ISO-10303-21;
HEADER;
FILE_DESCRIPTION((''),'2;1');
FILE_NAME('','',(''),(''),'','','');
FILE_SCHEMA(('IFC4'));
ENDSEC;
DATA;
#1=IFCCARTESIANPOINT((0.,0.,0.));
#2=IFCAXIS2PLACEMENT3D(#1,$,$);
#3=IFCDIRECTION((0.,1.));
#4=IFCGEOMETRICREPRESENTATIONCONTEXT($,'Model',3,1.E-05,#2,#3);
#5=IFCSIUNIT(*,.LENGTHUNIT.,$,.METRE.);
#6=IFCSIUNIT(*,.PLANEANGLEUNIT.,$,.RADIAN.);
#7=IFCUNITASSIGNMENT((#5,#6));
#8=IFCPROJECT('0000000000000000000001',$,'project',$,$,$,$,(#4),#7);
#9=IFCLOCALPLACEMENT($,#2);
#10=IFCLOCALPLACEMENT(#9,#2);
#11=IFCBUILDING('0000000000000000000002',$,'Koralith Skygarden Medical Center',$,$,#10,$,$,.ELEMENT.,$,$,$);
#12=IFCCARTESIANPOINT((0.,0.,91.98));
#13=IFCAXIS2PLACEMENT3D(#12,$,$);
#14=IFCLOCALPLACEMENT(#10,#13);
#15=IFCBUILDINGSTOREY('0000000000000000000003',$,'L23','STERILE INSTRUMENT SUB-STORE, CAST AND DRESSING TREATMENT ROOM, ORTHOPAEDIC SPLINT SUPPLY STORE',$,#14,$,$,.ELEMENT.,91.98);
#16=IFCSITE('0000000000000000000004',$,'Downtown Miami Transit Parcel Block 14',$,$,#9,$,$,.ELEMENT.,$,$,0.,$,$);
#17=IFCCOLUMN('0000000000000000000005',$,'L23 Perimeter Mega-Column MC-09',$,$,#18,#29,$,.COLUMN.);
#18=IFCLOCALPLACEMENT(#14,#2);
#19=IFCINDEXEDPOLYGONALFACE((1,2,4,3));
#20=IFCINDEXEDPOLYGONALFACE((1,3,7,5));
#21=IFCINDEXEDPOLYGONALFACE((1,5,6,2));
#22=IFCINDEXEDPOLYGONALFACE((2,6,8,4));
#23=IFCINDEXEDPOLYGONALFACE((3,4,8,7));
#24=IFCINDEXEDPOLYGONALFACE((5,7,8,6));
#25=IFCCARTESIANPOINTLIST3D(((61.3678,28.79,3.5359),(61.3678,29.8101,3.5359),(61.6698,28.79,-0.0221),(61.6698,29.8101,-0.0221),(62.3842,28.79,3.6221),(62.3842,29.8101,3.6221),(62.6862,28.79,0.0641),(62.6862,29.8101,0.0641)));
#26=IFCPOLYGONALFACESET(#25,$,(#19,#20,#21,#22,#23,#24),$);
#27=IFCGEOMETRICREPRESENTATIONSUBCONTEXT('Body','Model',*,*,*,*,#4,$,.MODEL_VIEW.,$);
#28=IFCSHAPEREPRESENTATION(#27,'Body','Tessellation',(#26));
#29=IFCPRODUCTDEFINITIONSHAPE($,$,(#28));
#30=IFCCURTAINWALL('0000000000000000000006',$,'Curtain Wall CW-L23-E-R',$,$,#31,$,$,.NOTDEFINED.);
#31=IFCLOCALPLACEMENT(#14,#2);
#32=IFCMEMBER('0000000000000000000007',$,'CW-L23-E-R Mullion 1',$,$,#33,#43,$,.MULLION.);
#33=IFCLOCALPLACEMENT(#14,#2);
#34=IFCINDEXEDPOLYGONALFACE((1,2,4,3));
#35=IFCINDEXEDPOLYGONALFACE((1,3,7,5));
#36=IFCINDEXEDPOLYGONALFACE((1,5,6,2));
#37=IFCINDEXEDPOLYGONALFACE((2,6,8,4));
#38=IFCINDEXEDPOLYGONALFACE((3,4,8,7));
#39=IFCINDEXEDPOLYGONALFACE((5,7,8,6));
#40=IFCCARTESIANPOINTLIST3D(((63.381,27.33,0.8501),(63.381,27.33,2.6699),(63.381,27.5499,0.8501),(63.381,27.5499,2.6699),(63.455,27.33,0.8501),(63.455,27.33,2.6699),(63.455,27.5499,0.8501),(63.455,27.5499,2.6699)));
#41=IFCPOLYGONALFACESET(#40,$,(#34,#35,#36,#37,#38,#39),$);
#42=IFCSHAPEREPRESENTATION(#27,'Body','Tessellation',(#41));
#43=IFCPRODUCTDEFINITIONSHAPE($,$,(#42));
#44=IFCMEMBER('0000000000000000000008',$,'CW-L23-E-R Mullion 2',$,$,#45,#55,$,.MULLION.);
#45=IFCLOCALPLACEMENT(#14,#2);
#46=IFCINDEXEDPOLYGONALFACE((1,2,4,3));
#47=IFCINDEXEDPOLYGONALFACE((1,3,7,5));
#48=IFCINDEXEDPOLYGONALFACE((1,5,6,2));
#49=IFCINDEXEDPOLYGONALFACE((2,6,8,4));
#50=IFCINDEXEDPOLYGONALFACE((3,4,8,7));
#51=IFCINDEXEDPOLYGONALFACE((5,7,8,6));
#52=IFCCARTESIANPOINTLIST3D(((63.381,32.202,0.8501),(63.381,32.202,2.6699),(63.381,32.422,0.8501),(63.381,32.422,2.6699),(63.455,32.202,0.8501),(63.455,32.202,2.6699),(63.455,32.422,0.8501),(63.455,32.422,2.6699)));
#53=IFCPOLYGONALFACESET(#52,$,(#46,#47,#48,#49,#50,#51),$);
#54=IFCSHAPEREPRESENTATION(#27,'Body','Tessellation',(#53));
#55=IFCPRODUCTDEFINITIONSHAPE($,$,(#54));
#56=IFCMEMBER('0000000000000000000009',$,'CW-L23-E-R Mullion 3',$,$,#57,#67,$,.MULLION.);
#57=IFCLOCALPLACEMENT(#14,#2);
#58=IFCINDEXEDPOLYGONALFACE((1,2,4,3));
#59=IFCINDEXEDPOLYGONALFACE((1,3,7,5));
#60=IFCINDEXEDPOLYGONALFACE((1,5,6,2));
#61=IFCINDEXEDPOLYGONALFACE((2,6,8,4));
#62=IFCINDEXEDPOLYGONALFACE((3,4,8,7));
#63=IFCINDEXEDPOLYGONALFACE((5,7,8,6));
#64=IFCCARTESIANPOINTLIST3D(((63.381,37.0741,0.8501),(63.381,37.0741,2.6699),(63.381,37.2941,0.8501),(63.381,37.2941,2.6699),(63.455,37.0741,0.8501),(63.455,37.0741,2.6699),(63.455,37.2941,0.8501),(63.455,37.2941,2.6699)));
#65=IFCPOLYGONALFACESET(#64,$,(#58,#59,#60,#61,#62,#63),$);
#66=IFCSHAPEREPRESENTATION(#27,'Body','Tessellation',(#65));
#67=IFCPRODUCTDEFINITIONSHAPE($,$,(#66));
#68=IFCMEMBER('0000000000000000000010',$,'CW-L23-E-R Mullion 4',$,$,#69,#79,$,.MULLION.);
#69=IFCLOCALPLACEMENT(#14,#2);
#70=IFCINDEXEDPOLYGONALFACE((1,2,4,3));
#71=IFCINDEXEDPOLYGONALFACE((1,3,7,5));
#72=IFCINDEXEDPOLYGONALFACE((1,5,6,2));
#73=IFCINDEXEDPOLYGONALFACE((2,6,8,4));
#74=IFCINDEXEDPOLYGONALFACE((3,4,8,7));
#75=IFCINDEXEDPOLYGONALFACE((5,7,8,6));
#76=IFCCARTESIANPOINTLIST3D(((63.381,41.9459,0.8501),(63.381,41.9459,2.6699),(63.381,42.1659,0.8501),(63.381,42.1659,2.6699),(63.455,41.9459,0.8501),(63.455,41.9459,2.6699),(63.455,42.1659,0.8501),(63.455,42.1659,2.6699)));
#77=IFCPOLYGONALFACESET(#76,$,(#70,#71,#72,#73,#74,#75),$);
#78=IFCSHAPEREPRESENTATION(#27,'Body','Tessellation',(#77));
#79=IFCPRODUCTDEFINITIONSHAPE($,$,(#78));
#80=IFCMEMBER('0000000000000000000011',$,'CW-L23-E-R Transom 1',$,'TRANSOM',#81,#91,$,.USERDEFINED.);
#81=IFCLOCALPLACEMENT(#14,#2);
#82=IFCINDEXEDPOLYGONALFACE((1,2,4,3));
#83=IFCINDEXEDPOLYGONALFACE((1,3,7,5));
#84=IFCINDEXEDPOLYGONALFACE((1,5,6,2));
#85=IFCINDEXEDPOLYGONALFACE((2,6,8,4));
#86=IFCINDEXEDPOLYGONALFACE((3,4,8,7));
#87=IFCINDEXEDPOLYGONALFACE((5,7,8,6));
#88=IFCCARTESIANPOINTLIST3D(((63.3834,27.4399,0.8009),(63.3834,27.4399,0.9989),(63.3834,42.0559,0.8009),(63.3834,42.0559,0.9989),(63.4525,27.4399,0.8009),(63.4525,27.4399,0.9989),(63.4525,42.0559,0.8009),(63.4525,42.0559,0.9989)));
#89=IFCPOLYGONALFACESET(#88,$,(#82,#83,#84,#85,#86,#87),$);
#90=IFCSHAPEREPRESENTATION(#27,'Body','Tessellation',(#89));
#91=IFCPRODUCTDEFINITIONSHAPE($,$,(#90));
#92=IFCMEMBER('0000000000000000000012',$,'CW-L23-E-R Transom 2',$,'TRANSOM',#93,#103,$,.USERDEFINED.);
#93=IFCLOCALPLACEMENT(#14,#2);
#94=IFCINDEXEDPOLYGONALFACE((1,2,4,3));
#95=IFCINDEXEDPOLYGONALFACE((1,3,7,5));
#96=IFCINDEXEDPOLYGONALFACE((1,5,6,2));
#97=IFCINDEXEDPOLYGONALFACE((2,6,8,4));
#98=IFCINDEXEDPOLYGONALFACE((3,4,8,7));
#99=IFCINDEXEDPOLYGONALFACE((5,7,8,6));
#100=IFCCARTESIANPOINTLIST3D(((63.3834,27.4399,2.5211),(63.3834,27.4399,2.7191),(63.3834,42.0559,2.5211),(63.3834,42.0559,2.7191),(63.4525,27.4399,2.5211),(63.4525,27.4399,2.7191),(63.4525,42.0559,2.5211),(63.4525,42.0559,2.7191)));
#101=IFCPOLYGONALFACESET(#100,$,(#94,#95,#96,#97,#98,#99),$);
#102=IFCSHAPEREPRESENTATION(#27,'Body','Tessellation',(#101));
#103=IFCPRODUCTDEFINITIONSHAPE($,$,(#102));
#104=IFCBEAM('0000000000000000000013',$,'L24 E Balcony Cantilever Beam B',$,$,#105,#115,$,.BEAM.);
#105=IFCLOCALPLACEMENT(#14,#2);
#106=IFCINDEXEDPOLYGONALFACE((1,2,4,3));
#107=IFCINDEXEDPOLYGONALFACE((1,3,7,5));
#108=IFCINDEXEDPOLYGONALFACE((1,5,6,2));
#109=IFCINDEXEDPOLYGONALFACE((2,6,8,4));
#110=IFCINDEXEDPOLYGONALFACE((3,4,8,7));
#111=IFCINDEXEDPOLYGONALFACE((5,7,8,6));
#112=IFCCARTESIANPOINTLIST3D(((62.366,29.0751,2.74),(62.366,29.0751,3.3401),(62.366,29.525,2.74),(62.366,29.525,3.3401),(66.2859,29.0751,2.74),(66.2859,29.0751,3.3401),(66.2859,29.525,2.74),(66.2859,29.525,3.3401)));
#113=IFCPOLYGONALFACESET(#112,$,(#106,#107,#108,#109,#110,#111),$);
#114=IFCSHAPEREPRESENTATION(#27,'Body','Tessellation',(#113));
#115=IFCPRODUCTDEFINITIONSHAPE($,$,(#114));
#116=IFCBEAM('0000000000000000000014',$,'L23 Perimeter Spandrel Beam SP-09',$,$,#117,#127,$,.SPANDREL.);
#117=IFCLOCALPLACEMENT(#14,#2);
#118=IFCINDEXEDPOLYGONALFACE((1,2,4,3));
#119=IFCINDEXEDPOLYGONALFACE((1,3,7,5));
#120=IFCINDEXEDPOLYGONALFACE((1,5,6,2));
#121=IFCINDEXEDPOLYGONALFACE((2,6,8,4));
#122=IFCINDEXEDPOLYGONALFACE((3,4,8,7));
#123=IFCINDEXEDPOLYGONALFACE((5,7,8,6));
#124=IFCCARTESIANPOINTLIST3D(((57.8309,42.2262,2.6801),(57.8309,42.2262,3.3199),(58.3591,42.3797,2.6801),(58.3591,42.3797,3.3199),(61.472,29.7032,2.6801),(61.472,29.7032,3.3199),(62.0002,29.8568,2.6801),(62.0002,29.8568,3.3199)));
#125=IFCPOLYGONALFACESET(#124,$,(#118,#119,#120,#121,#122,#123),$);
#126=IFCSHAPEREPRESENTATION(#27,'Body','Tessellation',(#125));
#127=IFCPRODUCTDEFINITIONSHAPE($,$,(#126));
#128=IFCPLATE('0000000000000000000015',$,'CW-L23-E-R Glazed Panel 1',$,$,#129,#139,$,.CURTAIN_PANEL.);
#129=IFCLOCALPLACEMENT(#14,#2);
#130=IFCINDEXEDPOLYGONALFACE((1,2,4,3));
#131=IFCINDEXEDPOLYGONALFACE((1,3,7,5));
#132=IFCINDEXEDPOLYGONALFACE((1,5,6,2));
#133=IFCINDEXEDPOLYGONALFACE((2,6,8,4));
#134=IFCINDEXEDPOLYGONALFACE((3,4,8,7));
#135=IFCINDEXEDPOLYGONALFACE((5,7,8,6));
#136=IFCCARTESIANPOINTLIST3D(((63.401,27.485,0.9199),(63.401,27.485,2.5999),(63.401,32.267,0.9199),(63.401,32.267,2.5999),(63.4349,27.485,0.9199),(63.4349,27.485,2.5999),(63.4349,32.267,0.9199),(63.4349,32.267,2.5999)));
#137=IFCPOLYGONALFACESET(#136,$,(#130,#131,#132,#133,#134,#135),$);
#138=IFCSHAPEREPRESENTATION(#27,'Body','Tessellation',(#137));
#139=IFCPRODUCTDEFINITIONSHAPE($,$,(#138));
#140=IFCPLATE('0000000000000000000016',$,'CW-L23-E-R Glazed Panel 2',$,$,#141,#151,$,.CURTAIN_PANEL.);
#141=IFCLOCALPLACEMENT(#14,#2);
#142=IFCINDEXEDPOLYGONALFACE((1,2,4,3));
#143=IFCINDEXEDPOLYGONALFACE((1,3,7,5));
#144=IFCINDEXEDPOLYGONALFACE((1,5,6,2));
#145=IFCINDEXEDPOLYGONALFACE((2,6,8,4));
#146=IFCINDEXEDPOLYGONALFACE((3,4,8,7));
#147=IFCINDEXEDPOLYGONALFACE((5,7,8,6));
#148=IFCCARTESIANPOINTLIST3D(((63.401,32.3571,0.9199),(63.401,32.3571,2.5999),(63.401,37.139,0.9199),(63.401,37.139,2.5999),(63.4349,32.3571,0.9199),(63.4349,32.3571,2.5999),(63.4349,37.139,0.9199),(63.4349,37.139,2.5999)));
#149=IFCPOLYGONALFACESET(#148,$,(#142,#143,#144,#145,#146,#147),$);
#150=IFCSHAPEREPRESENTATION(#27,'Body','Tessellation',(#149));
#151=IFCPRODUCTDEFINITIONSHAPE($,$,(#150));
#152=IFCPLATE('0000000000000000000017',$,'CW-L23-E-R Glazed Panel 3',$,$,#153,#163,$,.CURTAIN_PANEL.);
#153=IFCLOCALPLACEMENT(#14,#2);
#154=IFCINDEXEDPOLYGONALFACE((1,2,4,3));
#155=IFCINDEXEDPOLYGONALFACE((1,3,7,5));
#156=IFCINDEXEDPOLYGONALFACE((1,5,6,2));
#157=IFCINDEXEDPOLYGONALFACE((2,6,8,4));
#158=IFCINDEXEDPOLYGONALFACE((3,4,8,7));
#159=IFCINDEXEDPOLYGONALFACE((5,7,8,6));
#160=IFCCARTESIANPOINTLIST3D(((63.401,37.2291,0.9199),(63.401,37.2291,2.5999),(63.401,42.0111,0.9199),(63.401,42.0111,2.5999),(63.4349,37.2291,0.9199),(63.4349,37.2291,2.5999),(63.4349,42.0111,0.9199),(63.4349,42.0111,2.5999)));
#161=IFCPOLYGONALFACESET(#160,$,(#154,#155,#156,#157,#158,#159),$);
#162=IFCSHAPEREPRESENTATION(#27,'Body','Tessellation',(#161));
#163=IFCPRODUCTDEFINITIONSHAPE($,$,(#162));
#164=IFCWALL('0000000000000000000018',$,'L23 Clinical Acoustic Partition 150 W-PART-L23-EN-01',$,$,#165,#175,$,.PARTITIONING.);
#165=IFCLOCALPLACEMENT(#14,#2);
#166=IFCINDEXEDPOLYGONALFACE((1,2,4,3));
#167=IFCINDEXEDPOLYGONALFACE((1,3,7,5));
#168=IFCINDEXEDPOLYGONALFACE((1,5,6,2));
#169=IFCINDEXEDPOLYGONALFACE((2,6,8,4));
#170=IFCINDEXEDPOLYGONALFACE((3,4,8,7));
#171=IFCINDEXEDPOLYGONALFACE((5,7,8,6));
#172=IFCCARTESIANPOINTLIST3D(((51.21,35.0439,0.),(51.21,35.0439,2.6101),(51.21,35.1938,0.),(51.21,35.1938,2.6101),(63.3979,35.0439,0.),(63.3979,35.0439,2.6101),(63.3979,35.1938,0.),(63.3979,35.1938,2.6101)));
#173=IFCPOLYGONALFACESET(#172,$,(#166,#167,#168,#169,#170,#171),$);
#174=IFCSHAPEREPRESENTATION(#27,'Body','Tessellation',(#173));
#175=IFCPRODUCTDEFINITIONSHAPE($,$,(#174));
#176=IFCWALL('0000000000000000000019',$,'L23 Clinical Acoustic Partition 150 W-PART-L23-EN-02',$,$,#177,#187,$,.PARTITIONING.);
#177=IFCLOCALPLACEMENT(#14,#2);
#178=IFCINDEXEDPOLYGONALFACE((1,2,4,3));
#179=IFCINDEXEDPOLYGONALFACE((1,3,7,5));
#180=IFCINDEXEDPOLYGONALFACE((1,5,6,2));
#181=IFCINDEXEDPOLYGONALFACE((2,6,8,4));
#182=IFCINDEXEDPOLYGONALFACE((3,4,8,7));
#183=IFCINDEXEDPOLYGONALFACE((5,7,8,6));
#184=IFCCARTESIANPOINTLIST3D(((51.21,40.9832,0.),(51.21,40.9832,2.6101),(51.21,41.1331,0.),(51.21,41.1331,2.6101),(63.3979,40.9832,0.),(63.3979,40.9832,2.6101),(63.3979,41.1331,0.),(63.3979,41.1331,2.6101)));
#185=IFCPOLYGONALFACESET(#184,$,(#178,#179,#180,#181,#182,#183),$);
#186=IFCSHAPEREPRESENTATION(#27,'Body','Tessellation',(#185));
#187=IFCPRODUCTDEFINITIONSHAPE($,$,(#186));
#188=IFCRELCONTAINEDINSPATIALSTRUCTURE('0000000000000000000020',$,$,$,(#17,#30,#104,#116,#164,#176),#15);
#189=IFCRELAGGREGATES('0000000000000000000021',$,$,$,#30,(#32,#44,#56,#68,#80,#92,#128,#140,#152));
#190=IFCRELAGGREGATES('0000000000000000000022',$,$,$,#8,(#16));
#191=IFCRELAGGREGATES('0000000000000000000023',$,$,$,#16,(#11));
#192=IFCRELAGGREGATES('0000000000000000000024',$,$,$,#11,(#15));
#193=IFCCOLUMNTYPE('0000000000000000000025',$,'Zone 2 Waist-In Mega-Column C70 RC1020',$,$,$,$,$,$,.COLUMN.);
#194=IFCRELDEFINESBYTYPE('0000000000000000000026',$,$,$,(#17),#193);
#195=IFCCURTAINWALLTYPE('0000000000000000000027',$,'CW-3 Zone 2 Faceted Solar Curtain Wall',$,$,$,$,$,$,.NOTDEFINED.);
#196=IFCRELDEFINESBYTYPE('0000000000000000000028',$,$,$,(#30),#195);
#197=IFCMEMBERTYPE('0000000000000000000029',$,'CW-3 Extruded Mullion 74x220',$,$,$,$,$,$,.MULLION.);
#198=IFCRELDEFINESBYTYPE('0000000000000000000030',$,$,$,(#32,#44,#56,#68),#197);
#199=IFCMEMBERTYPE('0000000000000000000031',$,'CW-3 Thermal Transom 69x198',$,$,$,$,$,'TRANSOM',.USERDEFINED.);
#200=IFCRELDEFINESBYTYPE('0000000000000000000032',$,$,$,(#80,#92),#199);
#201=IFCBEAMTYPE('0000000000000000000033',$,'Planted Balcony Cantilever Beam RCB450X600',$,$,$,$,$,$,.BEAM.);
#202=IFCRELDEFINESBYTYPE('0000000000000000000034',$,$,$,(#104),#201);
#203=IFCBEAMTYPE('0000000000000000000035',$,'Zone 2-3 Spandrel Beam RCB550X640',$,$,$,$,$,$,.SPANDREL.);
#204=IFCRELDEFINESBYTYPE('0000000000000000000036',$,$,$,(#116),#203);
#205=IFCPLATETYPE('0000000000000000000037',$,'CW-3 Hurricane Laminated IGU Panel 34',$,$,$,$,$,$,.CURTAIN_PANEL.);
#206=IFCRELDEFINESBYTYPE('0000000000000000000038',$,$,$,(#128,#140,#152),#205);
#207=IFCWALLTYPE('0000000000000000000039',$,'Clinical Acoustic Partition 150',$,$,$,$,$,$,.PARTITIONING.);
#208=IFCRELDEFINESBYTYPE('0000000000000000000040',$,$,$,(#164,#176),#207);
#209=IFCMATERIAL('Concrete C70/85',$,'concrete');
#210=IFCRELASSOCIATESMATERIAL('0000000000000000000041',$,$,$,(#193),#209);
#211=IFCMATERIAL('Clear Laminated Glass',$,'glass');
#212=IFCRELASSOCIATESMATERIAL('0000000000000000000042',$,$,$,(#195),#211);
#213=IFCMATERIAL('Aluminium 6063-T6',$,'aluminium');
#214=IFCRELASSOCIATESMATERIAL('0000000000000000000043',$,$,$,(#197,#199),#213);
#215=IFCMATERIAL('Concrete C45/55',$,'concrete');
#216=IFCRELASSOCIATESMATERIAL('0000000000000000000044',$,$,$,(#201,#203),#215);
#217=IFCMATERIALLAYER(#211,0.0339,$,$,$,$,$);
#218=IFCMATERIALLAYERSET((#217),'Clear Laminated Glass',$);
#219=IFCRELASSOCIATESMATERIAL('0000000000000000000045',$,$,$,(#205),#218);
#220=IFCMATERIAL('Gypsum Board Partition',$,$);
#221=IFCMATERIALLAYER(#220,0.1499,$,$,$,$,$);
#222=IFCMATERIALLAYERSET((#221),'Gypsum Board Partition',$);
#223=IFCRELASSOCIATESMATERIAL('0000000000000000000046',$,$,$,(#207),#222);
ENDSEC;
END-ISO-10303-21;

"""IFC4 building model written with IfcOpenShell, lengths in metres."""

from ifc_helpers import new_model, si_unit, direction, frame, frame_2d, origin, origin_2d, place, context, subcontext, project, spatial, rectangle, extrude, material, layer, layer_set, material_profile, profile_set, type_object, element, aggregate, save


model = new_model("IFC4")

# Units and contexts
model_context = context("Model", 3, precision=1e-05, world=origin(), true_north=direction((0.0, 1.0)))
body_context = subcontext(model_context, "Body", "Model", "MODEL_VIEW")
ifc_project = project(units=[si_unit("LENGTHUNIT", "METRE"), si_unit("PLANEANGLEUNIT", "RADIAN")], contexts=[model_context])

# Site, building, storey
site_placement = place(None, origin())
site = spatial("IfcSite", under=ifc_project, at=site_placement, Name="Downtown Miami Transit Parcel Block 14", CompositionType="ELEMENT", RefElevation=0.0)
building_placement = place(site_placement, origin())
building = spatial("IfcBuilding", under=site, at=building_placement, Name="Koralith Skygarden Medical Center", CompositionType="ELEMENT")
storey_placement = place(building_placement, frame((0.0, 0.0, 91.98)))
storey = spatial("IfcBuildingStorey", under=building, at=storey_placement, Name="L23", Description="STERILE INSTRUMENT SUB-STORE, CAST AND DRESSING TREATMENT ROOM, ORTHOPAEDIC SPLINT SUPPLY STORE", CompositionType="ELEMENT", Elevation=91.98)

# Column
ifc_material_1 = material(Name="Concrete C70/85", Category="concrete")
ifc_material_profile_1 = material_profile(ifc_material_1, rectangle(XDim=1.02, YDim=1.02, at=origin_2d()), Name="RC1020X1020")
ifc_profile_set_1 = profile_set([ifc_material_profile_1], Name="Concrete C70/85")
column_type = type_object("IfcColumnType", Name="Zone 2 Waist-In Mega-Column C70 RC1020", PredefinedType="COLUMN", material=ifc_profile_set_1)
column_placement = place(storey_placement, frame((62.178, 29.3, 0.021), z_axis=(-0.084573, 0.0, 0.996417), x_axis=(0.0, -1.0, 0.0)))
element("IfcColumn", 1, at=column_placement, inside=storey, type_object=column_type, Name="L23 Perimeter Mega-Column MC-09", PredefinedType="COLUMN", context=body_context, shape_type="SweptSolid", body=[
    extrude(rectangle(XDim=1.02, YDim=1.02, at=origin_2d()), origin(), (0.0, 0.0, 1.0), 3.5708),
])

# Curtain wall, members
ifc_material_2 = material(Name="Clear Laminated Glass", Category="glass")
curtain_wall_type = type_object("IfcCurtainWallType", Name="CW-3 Zone 2 Faceted Solar Curtain Wall", PredefinedType="NOTDEFINED", material=ifc_material_2)
curtain_wall_placement = place(storey_placement, origin())
curtain_wall = element("IfcCurtainWall", 2, at=curtain_wall_placement, inside=storey, type_object=curtain_wall_type, Name="Curtain Wall CW-L23-E-R", PredefinedType="NOTDEFINED")
ifc_material_3 = material(Name="Aluminium 6063-T6", Category="aluminium")
ifc_material_profile_2 = material_profile(ifc_material_3, rectangle(XDim=0.074, YDim=0.22, at=origin_2d()), Name="MUL74X220")
ifc_profile_set_2 = profile_set([ifc_material_profile_2], Name="Aluminium 6063-T6")
member_type_1 = type_object("IfcMemberType", Name="CW-3 Extruded Mullion 74x220", PredefinedType="MULLION", material=ifc_profile_set_2)
member_1_placement = place(storey_placement, frame((63.418, 27.4399, 0.8501), z_axis=(0.0, 0.0, 1.0), x_axis=(1.0, 0.0, 0.0)))
member_1 = element("IfcMember", 3, at=member_1_placement, type_object=member_type_1, Name="CW-L23-E-R Mullion 1", PredefinedType="MULLION", context=body_context, shape_type="SweptSolid", body=[
    extrude(rectangle(XDim=0.074, YDim=0.22, at=origin_2d()), origin(), (0.0, 0.0, 1.0), 1.8198),
])
member_2_placement = place(storey_placement, frame((63.418, 32.312, 0.8501), z_axis=(0.0, 0.0, 1.0), x_axis=(1.0, 0.0, 0.0)))
member_2 = element("IfcMember", 4, at=member_2_placement, type_object=member_type_1, Name="CW-L23-E-R Mullion 2", PredefinedType="MULLION", context=body_context, shape_type="SweptSolid", body=[
    extrude(rectangle(XDim=0.074, YDim=0.22, at=origin_2d()), origin(), (0.0, 0.0, 1.0), 1.8198),
])
member_3_placement = place(storey_placement, frame((63.418, 37.1841, 0.8501), z_axis=(0.0, 0.0, 1.0), x_axis=(1.0, 0.0, 0.0)))
member_3 = element("IfcMember", 5, at=member_3_placement, type_object=member_type_1, Name="CW-L23-E-R Mullion 3", PredefinedType="MULLION", context=body_context, shape_type="SweptSolid", body=[
    extrude(rectangle(XDim=0.074, YDim=0.22, at=origin_2d()), origin(), (0.0, 0.0, 1.0), 1.8198),
])
member_4_placement = place(storey_placement, frame((63.418, 42.0559, 0.8501), z_axis=(0.0, 0.0, 1.0), x_axis=(1.0, 0.0, 0.0)))
member_4 = element("IfcMember", 6, at=member_4_placement, type_object=member_type_1, Name="CW-L23-E-R Mullion 4", PredefinedType="MULLION", context=body_context, shape_type="SweptSolid", body=[
    extrude(rectangle(XDim=0.074, YDim=0.22, at=origin_2d()), origin(), (0.0, 0.0, 1.0), 1.8198),
])
ifc_material_profile_3 = material_profile(ifc_material_3, rectangle(XDim=0.0691, YDim=0.198, at=origin_2d()), Name="TRN69X198")
ifc_profile_set_3 = profile_set([ifc_material_profile_3], Name="Aluminium 6063-T6")
member_type_2 = type_object("IfcMemberType", Name="CW-3 Thermal Transom 69x198", ElementType="TRANSOM", PredefinedType="USERDEFINED", material=ifc_profile_set_3)
member_5_placement = place(storey_placement, frame((63.418, 27.4399, 0.8999), z_axis=(0.0, 1.0, 0.0), x_axis=(-1.0, 0.0, 0.0)))
member_5 = element("IfcMember", 7, at=member_5_placement, type_object=member_type_2, Name="CW-L23-E-R Transom 1", ObjectType="TRANSOM", PredefinedType="USERDEFINED", context=body_context, shape_type="SweptSolid", body=[
    extrude(rectangle(XDim=0.0691, YDim=0.198, at=origin_2d()), origin(), (0.0, 0.0, 1.0), 14.616),
])
member_6_placement = place(storey_placement, frame((63.418, 27.4399, 2.6201), z_axis=(0.0, 1.0, 0.0), x_axis=(-1.0, 0.0, 0.0)))
member_6 = element("IfcMember", 8, at=member_6_placement, type_object=member_type_2, Name="CW-L23-E-R Transom 2", ObjectType="TRANSOM", PredefinedType="USERDEFINED", context=body_context, shape_type="SweptSolid", body=[
    extrude(rectangle(XDim=0.0691, YDim=0.198, at=origin_2d()), origin(), (0.0, 0.0, 1.0), 14.616),
])

# Beams
ifc_material_4 = material(Name="Concrete C45/55", Category="concrete")
ifc_material_profile_4 = material_profile(ifc_material_4, rectangle(XDim=0.45, YDim=0.6001, at=origin_2d()), Name="RCB450X600")
ifc_profile_set_4 = profile_set([ifc_material_profile_4], Name="Concrete C45/55")
beam_type_1 = type_object("IfcBeamType", Name="Planted Balcony Cantilever Beam RCB450X600", PredefinedType="BEAM", material=ifc_profile_set_4)
beam_1_placement = place(storey_placement, frame((62.366, 29.3, 3.04), z_axis=(1.0, 0.0, 0.0), x_axis=(0.0, 1.0, 0.0)))
element("IfcBeam", 9, at=beam_1_placement, inside=storey, type_object=beam_type_1, Name="L24 E Balcony Cantilever Beam B", PredefinedType="BEAM", context=body_context, shape_type="SweptSolid", body=[
    extrude(rectangle(XDim=0.45, YDim=0.6001, at=origin_2d()), origin(), (0.0, 0.0, 1.0), 3.9199),
])
ifc_material_profile_5 = material_profile(ifc_material_4, rectangle(XDim=0.55, YDim=0.6399, at=origin_2d()), Name="RCB550X640")
ifc_profile_set_5 = profile_set([ifc_material_profile_5], Name="Concrete C45/55")
beam_type_2 = type_object("IfcBeamType", Name="Zone 2-3 Spandrel Beam RCB550X640", PredefinedType="SPANDREL", material=ifc_profile_set_5)
beam_2_placement = place(storey_placement, frame((61.7361, 29.78, 3.0), z_axis=(-0.279193, 0.960235, 0.0), x_axis=(-0.960235, -0.279193, 0.0)))
element("IfcBeam", 10, at=beam_2_placement, inside=storey, type_object=beam_type_2, Name="L23 Perimeter Spandrel Beam SP-09", PredefinedType="SPANDREL", context=body_context, shape_type="SweptSolid", body=[
    extrude(rectangle(XDim=0.55, YDim=0.6399, at=origin_2d()), origin(), (0.0, 0.0, 1.0), 13.0415),
])

# Plates
ifc_layer_1 = layer(ifc_material_2, 0.0339)
ifc_layer_set_1 = layer_set([ifc_layer_1], Name="Clear Laminated Glass")
plate_type = type_object("IfcPlateType", Name="CW-3 Hurricane Laminated IGU Panel 34", PredefinedType="CURTAIN_PANEL", material=ifc_layer_set_1)
plate_1_placement = place(storey_placement, frame((63.418, 29.876, 0.9199), z_axis=(0.0, 0.0, 1.0), x_axis=(0.0, 1.0, 0.0)))
plate_1 = element("IfcPlate", 11, at=plate_1_placement, type_object=plate_type, Name="CW-L23-E-R Glazed Panel 1", PredefinedType="CURTAIN_PANEL", context=body_context, shape_type="SweptSolid", body=[
    extrude(rectangle(XDim=4.782, YDim=0.0339, at=origin_2d()), origin(), (0.0, 0.0, 1.0), 1.6799),
])
plate_2_placement = place(storey_placement, frame((63.418, 34.748, 0.9199), z_axis=(0.0, 0.0, 1.0), x_axis=(0.0, 1.0, 0.0)))
plate_2 = element("IfcPlate", 12, at=plate_2_placement, type_object=plate_type, Name="CW-L23-E-R Glazed Panel 2", PredefinedType="CURTAIN_PANEL", context=body_context, shape_type="SweptSolid", body=[
    extrude(rectangle(XDim=4.782, YDim=0.0339, at=origin_2d()), origin(), (0.0, 0.0, 1.0), 1.6799),
])
plate_3_placement = place(storey_placement, frame((63.418, 39.6201, 0.9199), z_axis=(0.0, 0.0, 1.0), x_axis=(0.0, 1.0, 0.0)))
plate_3 = element("IfcPlate", 13, at=plate_3_placement, type_object=plate_type, Name="CW-L23-E-R Glazed Panel 3", PredefinedType="CURTAIN_PANEL", context=body_context, shape_type="SweptSolid", body=[
    extrude(rectangle(XDim=4.782, YDim=0.0339, at=origin_2d()), origin(), (0.0, 0.0, 1.0), 1.6799),
])
aggregate(curtain_wall, [member_1, member_2, member_3, member_4, member_5, member_6, plate_1, plate_2, plate_3])

# Walls
ifc_material_5 = material(Name="Gypsum Board Partition")
ifc_layer_2 = layer(ifc_material_5, 0.1499)
ifc_layer_set_2 = layer_set([ifc_layer_2], Name="Gypsum Board Partition")
wall_type_1 = type_object("IfcWallType", Name="Clinical Acoustic Partition 150", PredefinedType="PARTITIONING", material=ifc_layer_set_2)
for number, where, z_axis, x_axis, name in (
    (14, (51.21, 35.1189, 0.0), (0.0, 0.0, 1.0), (1.0, 0.0, 0.0), "L23 Clinical Acoustic Partition 150 W-PART-L23-EN-01"),
    (15, (51.21, 41.0581, 0.0), (0.0, 0.0, 1.0), (1.0, 0.0, 0.0), "L23 Clinical Acoustic Partition 150 W-PART-L23-EN-02"),
):
    element("IfcWall", number, at=place(storey_placement, frame(where, z_axis=z_axis, x_axis=x_axis)), inside=storey, type_object=wall_type_1, Name=name, PredefinedType="PARTITIONING", context=body_context, shape_type="SweptSolid", body=[
        extrude(rectangle(XDim=12.188, YDim=0.1499, at=frame_2d((6.094, 0.0))), origin(), (0.0, 0.0, 1.0), 2.6101),
    ])

save(model, "model.ifc")
